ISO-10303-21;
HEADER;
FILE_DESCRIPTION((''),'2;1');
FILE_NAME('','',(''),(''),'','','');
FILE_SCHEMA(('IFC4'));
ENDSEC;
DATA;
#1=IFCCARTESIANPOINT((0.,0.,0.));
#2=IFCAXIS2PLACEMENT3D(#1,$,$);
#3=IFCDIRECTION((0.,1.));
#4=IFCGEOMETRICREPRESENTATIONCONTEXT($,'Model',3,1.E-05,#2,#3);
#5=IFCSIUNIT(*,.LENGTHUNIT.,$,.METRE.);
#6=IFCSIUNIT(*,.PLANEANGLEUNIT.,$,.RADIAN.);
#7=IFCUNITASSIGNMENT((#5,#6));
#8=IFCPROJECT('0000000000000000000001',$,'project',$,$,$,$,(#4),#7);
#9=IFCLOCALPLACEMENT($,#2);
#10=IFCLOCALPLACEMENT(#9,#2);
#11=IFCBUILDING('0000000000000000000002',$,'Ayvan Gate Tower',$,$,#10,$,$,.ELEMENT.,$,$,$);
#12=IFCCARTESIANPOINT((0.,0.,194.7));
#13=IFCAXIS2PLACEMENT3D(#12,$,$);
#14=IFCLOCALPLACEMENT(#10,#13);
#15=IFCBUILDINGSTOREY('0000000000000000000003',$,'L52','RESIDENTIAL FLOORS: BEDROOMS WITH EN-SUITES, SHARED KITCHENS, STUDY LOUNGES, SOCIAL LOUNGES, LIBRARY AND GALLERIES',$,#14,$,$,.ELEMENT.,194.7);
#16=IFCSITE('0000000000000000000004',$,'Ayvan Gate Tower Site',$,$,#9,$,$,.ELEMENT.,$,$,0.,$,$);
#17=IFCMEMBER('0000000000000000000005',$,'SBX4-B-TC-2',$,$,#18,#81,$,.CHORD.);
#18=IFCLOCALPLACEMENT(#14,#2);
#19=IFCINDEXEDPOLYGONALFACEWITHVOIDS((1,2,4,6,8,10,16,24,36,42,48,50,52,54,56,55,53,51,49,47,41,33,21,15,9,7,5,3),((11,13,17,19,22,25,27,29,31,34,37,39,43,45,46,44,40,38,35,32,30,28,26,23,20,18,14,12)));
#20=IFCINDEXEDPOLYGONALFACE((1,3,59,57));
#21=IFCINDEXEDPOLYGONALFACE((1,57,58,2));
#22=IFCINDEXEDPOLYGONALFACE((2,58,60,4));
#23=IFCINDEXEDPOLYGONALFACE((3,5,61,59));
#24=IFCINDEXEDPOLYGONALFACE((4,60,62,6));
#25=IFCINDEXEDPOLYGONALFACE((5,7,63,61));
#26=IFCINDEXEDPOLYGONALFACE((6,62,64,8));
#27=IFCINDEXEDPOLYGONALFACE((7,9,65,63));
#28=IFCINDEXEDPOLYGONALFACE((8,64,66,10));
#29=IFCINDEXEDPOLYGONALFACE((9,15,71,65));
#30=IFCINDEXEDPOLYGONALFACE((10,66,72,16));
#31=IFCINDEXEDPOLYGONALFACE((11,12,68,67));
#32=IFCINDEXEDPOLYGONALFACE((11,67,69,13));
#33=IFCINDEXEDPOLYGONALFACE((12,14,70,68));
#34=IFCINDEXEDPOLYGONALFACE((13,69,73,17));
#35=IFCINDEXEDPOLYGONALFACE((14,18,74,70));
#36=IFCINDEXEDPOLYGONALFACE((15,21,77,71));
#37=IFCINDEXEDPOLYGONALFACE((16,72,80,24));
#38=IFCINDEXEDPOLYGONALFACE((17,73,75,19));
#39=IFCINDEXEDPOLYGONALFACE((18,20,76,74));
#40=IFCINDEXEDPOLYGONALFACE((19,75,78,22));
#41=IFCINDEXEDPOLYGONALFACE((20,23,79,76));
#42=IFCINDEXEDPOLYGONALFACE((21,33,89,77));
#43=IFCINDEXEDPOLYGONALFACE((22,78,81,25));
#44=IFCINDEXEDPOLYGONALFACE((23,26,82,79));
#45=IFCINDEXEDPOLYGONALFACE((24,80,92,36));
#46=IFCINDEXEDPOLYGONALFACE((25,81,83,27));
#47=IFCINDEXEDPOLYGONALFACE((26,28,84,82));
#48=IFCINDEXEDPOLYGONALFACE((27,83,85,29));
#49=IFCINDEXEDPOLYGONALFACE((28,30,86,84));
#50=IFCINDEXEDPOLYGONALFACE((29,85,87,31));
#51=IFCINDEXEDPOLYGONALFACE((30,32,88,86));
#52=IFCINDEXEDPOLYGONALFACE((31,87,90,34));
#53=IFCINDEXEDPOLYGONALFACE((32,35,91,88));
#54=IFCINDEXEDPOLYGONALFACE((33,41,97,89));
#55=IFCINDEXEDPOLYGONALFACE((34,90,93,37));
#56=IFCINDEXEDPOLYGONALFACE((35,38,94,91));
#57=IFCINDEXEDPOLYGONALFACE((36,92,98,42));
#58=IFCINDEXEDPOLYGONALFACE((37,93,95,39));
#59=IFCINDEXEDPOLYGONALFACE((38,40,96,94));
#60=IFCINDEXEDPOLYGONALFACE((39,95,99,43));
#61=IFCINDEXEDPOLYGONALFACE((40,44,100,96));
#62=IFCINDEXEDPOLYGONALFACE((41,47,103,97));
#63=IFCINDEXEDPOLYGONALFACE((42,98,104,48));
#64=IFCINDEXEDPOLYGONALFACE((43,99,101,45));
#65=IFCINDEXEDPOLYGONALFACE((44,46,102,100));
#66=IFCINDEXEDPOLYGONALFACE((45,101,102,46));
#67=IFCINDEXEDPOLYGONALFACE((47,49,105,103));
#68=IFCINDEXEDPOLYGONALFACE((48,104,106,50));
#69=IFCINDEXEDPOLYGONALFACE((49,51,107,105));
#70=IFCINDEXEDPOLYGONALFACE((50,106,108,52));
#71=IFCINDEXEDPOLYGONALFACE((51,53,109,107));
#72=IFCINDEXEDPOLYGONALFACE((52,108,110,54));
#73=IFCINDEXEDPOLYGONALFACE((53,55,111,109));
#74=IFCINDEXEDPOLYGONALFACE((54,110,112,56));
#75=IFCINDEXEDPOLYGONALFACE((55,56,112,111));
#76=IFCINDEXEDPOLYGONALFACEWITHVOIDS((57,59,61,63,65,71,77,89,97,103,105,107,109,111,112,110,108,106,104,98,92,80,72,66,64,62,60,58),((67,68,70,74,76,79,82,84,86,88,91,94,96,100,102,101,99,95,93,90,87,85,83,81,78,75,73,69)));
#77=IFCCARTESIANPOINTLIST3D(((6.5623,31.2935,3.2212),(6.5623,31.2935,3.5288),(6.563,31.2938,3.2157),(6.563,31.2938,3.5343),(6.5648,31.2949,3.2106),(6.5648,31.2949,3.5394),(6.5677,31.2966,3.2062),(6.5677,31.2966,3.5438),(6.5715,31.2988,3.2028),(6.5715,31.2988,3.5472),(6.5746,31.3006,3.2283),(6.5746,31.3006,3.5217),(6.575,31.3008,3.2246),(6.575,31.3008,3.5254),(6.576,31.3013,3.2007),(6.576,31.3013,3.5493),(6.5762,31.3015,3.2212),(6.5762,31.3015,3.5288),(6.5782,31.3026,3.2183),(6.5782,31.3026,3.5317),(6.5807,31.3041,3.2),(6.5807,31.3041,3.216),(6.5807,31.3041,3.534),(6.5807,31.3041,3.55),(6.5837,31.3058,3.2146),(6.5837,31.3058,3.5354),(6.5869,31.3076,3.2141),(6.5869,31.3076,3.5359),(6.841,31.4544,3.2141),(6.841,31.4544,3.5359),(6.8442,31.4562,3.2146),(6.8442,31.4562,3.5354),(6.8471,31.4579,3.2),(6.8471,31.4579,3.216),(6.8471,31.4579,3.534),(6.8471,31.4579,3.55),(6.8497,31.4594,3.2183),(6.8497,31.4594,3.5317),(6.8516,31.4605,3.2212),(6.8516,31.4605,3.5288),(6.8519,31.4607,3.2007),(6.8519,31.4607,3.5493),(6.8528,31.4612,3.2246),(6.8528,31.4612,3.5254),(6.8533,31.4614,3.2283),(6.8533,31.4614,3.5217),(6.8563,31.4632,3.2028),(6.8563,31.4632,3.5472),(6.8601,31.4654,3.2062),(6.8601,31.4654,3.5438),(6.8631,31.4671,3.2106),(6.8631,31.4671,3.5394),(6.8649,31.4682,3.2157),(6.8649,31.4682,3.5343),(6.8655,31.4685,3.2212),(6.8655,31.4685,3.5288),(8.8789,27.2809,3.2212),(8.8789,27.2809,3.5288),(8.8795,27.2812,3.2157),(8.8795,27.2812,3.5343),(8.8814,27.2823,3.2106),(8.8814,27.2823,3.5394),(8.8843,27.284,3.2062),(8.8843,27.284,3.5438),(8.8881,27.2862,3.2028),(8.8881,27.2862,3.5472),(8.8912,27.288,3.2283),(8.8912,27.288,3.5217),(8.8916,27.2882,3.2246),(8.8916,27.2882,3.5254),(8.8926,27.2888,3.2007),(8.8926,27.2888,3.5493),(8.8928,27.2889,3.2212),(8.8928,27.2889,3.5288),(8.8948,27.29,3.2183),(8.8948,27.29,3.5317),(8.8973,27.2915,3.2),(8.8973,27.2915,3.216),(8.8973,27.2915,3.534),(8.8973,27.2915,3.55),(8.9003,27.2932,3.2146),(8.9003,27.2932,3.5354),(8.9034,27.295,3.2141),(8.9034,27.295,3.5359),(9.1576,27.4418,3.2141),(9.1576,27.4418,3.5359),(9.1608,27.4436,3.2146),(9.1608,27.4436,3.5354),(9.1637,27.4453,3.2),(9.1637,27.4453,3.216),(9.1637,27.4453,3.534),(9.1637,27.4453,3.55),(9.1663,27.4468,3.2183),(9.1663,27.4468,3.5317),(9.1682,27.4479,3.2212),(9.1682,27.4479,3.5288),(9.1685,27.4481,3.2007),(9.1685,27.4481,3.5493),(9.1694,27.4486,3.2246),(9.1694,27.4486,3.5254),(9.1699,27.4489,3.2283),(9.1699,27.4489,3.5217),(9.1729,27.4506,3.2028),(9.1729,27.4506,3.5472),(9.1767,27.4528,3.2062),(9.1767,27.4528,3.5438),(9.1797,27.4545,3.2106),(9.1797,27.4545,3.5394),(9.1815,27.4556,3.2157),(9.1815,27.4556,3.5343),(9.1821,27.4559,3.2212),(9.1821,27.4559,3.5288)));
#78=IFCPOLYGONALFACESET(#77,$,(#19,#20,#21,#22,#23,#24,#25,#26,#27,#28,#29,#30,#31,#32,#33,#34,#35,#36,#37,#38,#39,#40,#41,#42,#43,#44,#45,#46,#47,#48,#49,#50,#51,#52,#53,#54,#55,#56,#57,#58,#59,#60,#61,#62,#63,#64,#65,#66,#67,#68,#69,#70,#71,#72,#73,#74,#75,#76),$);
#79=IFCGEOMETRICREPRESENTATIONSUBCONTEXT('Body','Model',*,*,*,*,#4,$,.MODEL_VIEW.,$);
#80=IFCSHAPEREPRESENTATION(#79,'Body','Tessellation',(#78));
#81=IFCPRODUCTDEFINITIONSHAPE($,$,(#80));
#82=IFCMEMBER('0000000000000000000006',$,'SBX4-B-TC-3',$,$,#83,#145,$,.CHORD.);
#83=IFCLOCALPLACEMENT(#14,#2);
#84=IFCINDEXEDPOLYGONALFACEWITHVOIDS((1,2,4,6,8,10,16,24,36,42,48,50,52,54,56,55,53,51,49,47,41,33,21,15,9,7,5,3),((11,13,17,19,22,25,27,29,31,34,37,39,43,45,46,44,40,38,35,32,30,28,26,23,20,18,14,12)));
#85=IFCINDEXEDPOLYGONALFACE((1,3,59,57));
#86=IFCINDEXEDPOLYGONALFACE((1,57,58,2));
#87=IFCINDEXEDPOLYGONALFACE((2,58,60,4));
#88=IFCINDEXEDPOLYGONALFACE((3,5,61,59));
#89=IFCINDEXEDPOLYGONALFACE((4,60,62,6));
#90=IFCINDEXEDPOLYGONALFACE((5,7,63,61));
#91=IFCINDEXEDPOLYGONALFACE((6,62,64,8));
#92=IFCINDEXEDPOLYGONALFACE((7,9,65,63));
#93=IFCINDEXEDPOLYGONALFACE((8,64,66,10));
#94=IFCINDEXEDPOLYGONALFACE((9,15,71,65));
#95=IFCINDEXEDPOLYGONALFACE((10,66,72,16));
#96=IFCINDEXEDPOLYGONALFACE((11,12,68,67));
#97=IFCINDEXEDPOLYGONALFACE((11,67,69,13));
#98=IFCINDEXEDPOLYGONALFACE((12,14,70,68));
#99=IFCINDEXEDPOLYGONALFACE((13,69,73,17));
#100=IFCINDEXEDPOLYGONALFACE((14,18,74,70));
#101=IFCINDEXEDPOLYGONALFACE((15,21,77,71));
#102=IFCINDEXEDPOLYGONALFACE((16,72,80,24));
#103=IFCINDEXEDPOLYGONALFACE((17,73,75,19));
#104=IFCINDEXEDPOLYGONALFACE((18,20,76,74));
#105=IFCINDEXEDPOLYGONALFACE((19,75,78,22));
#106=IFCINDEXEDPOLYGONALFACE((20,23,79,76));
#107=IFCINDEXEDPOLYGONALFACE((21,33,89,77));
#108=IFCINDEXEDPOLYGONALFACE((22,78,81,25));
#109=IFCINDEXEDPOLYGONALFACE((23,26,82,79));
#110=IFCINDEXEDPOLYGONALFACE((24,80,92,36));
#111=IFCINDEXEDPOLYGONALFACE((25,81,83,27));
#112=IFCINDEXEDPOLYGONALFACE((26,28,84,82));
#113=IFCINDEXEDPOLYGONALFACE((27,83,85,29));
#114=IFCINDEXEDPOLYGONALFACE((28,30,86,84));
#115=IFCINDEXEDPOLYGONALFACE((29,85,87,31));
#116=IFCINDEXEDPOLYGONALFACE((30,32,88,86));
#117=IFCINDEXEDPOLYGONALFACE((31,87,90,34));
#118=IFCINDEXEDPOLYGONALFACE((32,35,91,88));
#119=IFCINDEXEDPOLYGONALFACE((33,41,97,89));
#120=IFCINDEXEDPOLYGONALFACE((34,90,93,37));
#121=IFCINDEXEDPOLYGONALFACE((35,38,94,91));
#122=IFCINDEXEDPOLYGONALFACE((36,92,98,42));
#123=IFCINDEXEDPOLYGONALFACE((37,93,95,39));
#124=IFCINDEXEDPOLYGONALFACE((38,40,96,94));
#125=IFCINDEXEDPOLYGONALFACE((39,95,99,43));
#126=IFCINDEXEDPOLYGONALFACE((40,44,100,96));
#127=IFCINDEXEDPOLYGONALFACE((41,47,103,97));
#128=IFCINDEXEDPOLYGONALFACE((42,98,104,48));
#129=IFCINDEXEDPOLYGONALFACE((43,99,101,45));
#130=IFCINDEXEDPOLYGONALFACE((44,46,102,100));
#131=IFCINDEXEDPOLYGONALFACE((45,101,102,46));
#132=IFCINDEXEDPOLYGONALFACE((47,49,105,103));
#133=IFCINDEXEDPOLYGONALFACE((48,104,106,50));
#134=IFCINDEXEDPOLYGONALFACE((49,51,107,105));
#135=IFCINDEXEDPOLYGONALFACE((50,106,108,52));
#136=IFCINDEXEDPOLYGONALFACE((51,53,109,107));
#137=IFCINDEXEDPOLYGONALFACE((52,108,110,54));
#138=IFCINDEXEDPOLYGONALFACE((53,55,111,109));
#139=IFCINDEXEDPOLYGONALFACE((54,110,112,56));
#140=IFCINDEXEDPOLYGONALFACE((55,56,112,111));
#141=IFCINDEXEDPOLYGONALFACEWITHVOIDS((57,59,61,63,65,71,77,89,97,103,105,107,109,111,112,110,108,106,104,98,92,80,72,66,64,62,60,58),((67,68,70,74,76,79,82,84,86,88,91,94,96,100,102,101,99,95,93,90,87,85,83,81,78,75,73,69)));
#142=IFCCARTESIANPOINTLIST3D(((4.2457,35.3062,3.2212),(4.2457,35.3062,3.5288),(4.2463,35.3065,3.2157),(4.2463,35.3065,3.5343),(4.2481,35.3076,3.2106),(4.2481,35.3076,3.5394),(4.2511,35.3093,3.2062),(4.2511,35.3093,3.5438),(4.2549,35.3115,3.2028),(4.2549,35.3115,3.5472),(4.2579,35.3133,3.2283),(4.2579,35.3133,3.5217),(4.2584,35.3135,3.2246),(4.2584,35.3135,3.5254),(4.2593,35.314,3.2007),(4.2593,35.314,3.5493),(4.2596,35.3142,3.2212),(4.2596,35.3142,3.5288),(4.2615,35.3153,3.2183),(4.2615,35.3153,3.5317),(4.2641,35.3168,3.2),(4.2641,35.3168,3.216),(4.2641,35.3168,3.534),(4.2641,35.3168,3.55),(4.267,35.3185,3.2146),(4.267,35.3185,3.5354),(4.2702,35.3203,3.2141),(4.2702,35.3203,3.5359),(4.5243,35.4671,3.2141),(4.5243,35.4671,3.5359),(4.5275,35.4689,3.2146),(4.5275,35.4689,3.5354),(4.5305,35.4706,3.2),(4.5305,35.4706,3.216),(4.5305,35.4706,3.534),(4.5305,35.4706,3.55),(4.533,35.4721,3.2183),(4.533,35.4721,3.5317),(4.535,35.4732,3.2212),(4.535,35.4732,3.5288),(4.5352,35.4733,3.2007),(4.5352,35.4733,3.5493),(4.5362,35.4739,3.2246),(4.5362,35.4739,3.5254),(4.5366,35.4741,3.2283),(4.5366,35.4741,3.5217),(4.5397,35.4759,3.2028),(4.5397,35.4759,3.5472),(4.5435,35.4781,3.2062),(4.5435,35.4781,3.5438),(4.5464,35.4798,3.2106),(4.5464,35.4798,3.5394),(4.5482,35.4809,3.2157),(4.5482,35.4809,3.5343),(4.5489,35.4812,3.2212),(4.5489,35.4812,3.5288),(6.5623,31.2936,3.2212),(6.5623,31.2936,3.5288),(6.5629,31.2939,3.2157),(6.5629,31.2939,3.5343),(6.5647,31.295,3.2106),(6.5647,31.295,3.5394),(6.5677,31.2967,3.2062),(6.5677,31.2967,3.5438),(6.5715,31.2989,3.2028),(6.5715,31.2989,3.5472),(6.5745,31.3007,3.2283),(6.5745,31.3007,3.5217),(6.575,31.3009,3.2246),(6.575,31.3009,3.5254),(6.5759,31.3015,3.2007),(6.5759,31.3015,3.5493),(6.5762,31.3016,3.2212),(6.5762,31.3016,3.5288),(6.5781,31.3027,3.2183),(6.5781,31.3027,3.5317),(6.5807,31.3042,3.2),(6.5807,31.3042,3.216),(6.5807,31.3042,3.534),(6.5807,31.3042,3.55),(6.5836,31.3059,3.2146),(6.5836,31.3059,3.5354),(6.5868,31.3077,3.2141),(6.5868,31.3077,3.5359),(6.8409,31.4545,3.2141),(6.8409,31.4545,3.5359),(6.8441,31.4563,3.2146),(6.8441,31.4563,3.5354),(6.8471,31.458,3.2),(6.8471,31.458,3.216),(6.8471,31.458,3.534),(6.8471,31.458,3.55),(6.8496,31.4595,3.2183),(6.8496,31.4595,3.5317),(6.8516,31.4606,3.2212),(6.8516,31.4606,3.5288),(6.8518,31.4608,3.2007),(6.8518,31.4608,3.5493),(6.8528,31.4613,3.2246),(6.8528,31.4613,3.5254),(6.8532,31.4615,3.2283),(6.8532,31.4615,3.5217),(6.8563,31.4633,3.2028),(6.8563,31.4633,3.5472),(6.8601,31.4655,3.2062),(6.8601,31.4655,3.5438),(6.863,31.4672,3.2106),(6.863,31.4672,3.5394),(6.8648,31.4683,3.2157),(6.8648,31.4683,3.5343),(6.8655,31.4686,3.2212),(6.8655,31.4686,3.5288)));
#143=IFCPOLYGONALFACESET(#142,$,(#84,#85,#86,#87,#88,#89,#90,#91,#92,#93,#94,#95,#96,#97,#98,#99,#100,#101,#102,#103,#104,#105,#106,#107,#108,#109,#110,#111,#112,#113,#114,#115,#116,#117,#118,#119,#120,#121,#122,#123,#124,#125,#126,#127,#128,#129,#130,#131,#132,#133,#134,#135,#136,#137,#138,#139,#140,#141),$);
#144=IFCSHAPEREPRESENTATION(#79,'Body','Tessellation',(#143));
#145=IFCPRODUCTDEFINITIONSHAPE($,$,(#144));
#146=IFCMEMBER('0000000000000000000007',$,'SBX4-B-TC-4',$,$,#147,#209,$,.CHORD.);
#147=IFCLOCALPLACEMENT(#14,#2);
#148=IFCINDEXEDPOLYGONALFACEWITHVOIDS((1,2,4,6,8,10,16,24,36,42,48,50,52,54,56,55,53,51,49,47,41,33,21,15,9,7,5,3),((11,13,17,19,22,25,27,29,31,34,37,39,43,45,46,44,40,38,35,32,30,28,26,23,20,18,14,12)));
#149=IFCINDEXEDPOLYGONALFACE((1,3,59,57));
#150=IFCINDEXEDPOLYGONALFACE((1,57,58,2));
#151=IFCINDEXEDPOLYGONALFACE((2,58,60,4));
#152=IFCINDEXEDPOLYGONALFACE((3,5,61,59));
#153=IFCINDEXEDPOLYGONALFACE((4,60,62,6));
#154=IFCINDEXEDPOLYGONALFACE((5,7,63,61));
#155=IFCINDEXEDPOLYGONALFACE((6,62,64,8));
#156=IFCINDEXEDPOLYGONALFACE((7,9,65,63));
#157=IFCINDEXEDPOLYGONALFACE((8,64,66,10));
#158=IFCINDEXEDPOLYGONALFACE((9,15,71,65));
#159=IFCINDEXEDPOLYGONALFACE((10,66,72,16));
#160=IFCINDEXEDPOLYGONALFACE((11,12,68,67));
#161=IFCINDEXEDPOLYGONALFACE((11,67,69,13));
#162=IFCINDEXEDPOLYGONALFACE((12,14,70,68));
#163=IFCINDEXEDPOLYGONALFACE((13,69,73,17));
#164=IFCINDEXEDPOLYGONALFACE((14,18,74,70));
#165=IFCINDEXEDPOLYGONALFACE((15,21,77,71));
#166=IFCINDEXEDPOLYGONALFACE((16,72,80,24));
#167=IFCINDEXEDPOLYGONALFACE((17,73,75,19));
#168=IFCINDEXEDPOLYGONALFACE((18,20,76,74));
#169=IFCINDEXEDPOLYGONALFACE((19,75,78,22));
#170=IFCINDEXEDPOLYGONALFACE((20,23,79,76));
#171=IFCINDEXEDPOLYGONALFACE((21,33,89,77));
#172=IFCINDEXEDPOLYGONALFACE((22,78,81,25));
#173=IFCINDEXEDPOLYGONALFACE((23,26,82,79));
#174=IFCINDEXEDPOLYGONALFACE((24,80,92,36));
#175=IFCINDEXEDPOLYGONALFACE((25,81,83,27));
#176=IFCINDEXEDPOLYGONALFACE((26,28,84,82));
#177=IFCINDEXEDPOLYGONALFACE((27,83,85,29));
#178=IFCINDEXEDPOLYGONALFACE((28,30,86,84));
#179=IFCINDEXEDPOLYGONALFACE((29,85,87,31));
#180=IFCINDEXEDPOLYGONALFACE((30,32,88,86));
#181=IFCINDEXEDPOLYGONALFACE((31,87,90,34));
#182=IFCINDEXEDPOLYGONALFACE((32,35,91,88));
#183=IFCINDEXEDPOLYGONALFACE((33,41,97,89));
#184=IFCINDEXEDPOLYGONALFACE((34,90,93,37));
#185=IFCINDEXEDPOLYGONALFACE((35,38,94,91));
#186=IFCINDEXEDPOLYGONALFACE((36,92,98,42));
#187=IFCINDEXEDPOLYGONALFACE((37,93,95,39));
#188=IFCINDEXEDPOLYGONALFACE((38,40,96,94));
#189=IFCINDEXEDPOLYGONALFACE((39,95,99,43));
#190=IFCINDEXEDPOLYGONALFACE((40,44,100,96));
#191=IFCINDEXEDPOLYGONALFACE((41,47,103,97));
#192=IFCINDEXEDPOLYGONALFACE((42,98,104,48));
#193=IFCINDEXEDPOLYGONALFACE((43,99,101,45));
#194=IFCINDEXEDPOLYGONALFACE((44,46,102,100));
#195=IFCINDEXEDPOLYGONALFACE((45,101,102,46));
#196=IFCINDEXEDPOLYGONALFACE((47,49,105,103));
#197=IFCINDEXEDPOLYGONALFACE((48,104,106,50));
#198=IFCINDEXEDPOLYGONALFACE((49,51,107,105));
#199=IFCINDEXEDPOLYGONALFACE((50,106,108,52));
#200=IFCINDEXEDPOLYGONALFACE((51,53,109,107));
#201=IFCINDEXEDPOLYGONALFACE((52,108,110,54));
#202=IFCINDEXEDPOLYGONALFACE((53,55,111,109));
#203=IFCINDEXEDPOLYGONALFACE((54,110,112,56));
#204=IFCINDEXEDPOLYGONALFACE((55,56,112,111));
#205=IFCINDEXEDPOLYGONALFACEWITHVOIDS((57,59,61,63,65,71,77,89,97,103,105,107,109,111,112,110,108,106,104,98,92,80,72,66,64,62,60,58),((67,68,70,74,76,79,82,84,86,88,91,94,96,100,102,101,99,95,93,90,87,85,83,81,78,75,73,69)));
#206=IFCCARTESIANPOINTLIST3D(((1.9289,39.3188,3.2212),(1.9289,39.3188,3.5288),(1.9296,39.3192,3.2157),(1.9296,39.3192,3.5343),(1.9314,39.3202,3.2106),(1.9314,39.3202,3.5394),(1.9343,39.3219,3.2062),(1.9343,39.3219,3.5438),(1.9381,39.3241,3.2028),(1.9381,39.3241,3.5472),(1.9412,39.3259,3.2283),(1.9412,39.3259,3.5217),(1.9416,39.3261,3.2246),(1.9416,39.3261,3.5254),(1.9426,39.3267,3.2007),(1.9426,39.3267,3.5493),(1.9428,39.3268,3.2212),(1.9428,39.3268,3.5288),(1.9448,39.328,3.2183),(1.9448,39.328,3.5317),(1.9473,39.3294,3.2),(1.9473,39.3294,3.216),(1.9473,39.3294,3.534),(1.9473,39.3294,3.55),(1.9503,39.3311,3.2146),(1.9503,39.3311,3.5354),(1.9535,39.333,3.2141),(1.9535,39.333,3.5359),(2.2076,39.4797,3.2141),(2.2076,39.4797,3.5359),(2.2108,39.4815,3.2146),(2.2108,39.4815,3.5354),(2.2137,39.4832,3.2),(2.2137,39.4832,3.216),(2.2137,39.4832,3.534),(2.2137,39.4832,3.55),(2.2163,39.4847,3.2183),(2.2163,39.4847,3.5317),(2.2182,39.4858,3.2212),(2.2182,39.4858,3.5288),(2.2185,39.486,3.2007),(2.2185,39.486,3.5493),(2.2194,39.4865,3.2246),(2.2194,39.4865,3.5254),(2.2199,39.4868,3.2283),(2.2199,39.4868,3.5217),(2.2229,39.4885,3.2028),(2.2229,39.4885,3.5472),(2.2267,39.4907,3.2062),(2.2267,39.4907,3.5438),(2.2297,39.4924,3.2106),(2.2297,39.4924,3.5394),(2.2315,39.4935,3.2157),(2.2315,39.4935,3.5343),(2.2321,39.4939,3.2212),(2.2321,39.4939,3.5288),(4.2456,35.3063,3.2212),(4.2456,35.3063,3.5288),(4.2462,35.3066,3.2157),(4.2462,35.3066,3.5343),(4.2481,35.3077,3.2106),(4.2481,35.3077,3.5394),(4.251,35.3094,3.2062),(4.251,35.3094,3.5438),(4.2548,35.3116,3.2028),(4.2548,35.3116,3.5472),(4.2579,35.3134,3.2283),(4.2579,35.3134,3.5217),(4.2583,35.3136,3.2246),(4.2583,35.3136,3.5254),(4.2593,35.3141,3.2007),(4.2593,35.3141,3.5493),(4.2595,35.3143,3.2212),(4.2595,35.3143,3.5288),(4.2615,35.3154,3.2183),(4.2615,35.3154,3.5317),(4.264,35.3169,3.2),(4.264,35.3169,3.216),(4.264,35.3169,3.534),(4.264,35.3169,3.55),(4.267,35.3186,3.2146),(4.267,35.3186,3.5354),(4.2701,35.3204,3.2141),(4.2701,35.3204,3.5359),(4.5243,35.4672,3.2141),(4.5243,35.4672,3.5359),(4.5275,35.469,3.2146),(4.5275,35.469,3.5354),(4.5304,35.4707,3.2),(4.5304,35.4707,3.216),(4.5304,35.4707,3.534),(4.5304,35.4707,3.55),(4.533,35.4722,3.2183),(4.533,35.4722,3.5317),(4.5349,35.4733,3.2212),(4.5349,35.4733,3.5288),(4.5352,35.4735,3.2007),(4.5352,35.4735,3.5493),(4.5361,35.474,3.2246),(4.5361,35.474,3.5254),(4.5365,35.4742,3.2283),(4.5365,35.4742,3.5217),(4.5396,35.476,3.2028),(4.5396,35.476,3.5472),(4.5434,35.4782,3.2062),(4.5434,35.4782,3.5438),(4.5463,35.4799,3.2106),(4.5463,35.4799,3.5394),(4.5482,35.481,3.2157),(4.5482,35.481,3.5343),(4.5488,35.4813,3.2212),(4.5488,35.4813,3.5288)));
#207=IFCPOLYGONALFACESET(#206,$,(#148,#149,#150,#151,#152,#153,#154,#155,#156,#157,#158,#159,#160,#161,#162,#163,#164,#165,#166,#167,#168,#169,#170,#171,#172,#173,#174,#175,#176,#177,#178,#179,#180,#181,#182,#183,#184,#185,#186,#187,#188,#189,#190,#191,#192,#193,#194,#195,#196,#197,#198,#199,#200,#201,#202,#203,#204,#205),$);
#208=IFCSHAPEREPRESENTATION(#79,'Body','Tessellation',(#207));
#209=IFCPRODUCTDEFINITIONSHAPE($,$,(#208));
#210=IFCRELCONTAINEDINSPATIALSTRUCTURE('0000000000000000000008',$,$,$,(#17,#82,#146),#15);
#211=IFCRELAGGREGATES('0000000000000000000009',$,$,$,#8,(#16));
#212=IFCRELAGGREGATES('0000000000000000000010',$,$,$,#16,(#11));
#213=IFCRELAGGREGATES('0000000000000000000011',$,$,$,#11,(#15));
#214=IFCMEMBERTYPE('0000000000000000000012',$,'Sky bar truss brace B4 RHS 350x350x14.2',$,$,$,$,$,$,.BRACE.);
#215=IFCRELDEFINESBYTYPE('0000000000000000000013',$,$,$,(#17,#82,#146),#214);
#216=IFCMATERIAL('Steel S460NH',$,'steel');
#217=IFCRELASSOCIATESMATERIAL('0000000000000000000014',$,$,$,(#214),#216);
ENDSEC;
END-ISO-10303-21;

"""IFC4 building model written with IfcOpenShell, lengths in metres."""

from ifc_helpers import new_model, si_unit, direction, frame, origin, origin_2d, place, context, subcontext, project, spatial, hollow_rectangle, extrude, material, material_profile, profile_set, type_object, element, save


model = new_model("IFC4")

# Units and contexts
model_context = context("Model", 3, precision=1e-05, world=origin(), true_north=direction((0.0, 1.0)))
body_context = subcontext(model_context, "Body", "Model", "MODEL_VIEW")
ifc_project = project(units=[si_unit("LENGTHUNIT", "METRE"), si_unit("PLANEANGLEUNIT", "RADIAN")], contexts=[model_context])

# Site, building, storey
site_placement = place(None, origin())
site = spatial("IfcSite", under=ifc_project, at=site_placement, Name="Ayvan Gate Tower Site", CompositionType="ELEMENT", RefElevation=0.0)
building_placement = place(site_placement, origin())
building = spatial("IfcBuilding", under=site, at=building_placement, Name="Ayvan Gate Tower", CompositionType="ELEMENT")
storey_placement = place(building_placement, frame((0.0, 0.0, 194.7)))
storey = spatial("IfcBuildingStorey", under=building, at=storey_placement, Name="L52", Description="RESIDENTIAL FLOORS: BEDROOMS WITH EN-SUITES, SHARED KITCHENS, STUDY LOUNGES, SOCIAL LOUNGES, LIBRARY AND GALLERIES", CompositionType="ELEMENT", Elevation=194.7)

# Members
ifc_material_1 = material(Name="Steel S460NH", Category="steel")
ifc_material_profile_1 = material_profile(ifc_material_1, hollow_rectangle(XDim=0.3501, YDim=0.3501, WallThickness=0.0142, InnerFilletRadius=0.0142, OuterFilletRadius=0.0212, at=origin_2d()), Name="RHS 350x350x14.2")
ifc_profile_set_1 = profile_set([ifc_material_profile_1], Name="Steel S460NH")
member_type_1 = type_object("IfcMemberType", Name="Sky bar truss brace B4 RHS 350x350x14.2", PredefinedType="BRACE", material=ifc_profile_set_1)
for number, where, z_axis, x_axis, name in (
    (1, (9.0305, 27.3684, 3.375), (-0.499987, 0.866033, 0.0), (-0.866033, -0.499987, 0.0), "SBX4-B-TC-2"),
    (2, (6.7139, 31.3811, 3.375), (-0.499987, 0.866033, 0.0), (-0.866033, -0.499987, 0.0), "SBX4-B-TC-3"),
    (3, (4.3972, 35.3938, 3.375), (-0.50001, 0.86602, 0.0), (-0.86602, -0.50001, 0.0), "SBX4-B-TC-4"),
):
    element("IfcMember", number, at=place(storey_placement, frame(where, z_axis=z_axis, x_axis=x_axis)), inside=storey, type_object=member_type_1, Name=name, PredefinedType="CHORD", context=body_context, shape_type="SweptSolid", body=[
        extrude(hollow_rectangle(XDim=0.3501, YDim=0.3501, WallThickness=0.0142, InnerFilletRadius=0.0142, OuterFilletRadius=0.0212, at=origin_2d()), origin(), (0.0, 0.0, 1.0), 4.6333),
    ])

save(model, "model.ifc")
